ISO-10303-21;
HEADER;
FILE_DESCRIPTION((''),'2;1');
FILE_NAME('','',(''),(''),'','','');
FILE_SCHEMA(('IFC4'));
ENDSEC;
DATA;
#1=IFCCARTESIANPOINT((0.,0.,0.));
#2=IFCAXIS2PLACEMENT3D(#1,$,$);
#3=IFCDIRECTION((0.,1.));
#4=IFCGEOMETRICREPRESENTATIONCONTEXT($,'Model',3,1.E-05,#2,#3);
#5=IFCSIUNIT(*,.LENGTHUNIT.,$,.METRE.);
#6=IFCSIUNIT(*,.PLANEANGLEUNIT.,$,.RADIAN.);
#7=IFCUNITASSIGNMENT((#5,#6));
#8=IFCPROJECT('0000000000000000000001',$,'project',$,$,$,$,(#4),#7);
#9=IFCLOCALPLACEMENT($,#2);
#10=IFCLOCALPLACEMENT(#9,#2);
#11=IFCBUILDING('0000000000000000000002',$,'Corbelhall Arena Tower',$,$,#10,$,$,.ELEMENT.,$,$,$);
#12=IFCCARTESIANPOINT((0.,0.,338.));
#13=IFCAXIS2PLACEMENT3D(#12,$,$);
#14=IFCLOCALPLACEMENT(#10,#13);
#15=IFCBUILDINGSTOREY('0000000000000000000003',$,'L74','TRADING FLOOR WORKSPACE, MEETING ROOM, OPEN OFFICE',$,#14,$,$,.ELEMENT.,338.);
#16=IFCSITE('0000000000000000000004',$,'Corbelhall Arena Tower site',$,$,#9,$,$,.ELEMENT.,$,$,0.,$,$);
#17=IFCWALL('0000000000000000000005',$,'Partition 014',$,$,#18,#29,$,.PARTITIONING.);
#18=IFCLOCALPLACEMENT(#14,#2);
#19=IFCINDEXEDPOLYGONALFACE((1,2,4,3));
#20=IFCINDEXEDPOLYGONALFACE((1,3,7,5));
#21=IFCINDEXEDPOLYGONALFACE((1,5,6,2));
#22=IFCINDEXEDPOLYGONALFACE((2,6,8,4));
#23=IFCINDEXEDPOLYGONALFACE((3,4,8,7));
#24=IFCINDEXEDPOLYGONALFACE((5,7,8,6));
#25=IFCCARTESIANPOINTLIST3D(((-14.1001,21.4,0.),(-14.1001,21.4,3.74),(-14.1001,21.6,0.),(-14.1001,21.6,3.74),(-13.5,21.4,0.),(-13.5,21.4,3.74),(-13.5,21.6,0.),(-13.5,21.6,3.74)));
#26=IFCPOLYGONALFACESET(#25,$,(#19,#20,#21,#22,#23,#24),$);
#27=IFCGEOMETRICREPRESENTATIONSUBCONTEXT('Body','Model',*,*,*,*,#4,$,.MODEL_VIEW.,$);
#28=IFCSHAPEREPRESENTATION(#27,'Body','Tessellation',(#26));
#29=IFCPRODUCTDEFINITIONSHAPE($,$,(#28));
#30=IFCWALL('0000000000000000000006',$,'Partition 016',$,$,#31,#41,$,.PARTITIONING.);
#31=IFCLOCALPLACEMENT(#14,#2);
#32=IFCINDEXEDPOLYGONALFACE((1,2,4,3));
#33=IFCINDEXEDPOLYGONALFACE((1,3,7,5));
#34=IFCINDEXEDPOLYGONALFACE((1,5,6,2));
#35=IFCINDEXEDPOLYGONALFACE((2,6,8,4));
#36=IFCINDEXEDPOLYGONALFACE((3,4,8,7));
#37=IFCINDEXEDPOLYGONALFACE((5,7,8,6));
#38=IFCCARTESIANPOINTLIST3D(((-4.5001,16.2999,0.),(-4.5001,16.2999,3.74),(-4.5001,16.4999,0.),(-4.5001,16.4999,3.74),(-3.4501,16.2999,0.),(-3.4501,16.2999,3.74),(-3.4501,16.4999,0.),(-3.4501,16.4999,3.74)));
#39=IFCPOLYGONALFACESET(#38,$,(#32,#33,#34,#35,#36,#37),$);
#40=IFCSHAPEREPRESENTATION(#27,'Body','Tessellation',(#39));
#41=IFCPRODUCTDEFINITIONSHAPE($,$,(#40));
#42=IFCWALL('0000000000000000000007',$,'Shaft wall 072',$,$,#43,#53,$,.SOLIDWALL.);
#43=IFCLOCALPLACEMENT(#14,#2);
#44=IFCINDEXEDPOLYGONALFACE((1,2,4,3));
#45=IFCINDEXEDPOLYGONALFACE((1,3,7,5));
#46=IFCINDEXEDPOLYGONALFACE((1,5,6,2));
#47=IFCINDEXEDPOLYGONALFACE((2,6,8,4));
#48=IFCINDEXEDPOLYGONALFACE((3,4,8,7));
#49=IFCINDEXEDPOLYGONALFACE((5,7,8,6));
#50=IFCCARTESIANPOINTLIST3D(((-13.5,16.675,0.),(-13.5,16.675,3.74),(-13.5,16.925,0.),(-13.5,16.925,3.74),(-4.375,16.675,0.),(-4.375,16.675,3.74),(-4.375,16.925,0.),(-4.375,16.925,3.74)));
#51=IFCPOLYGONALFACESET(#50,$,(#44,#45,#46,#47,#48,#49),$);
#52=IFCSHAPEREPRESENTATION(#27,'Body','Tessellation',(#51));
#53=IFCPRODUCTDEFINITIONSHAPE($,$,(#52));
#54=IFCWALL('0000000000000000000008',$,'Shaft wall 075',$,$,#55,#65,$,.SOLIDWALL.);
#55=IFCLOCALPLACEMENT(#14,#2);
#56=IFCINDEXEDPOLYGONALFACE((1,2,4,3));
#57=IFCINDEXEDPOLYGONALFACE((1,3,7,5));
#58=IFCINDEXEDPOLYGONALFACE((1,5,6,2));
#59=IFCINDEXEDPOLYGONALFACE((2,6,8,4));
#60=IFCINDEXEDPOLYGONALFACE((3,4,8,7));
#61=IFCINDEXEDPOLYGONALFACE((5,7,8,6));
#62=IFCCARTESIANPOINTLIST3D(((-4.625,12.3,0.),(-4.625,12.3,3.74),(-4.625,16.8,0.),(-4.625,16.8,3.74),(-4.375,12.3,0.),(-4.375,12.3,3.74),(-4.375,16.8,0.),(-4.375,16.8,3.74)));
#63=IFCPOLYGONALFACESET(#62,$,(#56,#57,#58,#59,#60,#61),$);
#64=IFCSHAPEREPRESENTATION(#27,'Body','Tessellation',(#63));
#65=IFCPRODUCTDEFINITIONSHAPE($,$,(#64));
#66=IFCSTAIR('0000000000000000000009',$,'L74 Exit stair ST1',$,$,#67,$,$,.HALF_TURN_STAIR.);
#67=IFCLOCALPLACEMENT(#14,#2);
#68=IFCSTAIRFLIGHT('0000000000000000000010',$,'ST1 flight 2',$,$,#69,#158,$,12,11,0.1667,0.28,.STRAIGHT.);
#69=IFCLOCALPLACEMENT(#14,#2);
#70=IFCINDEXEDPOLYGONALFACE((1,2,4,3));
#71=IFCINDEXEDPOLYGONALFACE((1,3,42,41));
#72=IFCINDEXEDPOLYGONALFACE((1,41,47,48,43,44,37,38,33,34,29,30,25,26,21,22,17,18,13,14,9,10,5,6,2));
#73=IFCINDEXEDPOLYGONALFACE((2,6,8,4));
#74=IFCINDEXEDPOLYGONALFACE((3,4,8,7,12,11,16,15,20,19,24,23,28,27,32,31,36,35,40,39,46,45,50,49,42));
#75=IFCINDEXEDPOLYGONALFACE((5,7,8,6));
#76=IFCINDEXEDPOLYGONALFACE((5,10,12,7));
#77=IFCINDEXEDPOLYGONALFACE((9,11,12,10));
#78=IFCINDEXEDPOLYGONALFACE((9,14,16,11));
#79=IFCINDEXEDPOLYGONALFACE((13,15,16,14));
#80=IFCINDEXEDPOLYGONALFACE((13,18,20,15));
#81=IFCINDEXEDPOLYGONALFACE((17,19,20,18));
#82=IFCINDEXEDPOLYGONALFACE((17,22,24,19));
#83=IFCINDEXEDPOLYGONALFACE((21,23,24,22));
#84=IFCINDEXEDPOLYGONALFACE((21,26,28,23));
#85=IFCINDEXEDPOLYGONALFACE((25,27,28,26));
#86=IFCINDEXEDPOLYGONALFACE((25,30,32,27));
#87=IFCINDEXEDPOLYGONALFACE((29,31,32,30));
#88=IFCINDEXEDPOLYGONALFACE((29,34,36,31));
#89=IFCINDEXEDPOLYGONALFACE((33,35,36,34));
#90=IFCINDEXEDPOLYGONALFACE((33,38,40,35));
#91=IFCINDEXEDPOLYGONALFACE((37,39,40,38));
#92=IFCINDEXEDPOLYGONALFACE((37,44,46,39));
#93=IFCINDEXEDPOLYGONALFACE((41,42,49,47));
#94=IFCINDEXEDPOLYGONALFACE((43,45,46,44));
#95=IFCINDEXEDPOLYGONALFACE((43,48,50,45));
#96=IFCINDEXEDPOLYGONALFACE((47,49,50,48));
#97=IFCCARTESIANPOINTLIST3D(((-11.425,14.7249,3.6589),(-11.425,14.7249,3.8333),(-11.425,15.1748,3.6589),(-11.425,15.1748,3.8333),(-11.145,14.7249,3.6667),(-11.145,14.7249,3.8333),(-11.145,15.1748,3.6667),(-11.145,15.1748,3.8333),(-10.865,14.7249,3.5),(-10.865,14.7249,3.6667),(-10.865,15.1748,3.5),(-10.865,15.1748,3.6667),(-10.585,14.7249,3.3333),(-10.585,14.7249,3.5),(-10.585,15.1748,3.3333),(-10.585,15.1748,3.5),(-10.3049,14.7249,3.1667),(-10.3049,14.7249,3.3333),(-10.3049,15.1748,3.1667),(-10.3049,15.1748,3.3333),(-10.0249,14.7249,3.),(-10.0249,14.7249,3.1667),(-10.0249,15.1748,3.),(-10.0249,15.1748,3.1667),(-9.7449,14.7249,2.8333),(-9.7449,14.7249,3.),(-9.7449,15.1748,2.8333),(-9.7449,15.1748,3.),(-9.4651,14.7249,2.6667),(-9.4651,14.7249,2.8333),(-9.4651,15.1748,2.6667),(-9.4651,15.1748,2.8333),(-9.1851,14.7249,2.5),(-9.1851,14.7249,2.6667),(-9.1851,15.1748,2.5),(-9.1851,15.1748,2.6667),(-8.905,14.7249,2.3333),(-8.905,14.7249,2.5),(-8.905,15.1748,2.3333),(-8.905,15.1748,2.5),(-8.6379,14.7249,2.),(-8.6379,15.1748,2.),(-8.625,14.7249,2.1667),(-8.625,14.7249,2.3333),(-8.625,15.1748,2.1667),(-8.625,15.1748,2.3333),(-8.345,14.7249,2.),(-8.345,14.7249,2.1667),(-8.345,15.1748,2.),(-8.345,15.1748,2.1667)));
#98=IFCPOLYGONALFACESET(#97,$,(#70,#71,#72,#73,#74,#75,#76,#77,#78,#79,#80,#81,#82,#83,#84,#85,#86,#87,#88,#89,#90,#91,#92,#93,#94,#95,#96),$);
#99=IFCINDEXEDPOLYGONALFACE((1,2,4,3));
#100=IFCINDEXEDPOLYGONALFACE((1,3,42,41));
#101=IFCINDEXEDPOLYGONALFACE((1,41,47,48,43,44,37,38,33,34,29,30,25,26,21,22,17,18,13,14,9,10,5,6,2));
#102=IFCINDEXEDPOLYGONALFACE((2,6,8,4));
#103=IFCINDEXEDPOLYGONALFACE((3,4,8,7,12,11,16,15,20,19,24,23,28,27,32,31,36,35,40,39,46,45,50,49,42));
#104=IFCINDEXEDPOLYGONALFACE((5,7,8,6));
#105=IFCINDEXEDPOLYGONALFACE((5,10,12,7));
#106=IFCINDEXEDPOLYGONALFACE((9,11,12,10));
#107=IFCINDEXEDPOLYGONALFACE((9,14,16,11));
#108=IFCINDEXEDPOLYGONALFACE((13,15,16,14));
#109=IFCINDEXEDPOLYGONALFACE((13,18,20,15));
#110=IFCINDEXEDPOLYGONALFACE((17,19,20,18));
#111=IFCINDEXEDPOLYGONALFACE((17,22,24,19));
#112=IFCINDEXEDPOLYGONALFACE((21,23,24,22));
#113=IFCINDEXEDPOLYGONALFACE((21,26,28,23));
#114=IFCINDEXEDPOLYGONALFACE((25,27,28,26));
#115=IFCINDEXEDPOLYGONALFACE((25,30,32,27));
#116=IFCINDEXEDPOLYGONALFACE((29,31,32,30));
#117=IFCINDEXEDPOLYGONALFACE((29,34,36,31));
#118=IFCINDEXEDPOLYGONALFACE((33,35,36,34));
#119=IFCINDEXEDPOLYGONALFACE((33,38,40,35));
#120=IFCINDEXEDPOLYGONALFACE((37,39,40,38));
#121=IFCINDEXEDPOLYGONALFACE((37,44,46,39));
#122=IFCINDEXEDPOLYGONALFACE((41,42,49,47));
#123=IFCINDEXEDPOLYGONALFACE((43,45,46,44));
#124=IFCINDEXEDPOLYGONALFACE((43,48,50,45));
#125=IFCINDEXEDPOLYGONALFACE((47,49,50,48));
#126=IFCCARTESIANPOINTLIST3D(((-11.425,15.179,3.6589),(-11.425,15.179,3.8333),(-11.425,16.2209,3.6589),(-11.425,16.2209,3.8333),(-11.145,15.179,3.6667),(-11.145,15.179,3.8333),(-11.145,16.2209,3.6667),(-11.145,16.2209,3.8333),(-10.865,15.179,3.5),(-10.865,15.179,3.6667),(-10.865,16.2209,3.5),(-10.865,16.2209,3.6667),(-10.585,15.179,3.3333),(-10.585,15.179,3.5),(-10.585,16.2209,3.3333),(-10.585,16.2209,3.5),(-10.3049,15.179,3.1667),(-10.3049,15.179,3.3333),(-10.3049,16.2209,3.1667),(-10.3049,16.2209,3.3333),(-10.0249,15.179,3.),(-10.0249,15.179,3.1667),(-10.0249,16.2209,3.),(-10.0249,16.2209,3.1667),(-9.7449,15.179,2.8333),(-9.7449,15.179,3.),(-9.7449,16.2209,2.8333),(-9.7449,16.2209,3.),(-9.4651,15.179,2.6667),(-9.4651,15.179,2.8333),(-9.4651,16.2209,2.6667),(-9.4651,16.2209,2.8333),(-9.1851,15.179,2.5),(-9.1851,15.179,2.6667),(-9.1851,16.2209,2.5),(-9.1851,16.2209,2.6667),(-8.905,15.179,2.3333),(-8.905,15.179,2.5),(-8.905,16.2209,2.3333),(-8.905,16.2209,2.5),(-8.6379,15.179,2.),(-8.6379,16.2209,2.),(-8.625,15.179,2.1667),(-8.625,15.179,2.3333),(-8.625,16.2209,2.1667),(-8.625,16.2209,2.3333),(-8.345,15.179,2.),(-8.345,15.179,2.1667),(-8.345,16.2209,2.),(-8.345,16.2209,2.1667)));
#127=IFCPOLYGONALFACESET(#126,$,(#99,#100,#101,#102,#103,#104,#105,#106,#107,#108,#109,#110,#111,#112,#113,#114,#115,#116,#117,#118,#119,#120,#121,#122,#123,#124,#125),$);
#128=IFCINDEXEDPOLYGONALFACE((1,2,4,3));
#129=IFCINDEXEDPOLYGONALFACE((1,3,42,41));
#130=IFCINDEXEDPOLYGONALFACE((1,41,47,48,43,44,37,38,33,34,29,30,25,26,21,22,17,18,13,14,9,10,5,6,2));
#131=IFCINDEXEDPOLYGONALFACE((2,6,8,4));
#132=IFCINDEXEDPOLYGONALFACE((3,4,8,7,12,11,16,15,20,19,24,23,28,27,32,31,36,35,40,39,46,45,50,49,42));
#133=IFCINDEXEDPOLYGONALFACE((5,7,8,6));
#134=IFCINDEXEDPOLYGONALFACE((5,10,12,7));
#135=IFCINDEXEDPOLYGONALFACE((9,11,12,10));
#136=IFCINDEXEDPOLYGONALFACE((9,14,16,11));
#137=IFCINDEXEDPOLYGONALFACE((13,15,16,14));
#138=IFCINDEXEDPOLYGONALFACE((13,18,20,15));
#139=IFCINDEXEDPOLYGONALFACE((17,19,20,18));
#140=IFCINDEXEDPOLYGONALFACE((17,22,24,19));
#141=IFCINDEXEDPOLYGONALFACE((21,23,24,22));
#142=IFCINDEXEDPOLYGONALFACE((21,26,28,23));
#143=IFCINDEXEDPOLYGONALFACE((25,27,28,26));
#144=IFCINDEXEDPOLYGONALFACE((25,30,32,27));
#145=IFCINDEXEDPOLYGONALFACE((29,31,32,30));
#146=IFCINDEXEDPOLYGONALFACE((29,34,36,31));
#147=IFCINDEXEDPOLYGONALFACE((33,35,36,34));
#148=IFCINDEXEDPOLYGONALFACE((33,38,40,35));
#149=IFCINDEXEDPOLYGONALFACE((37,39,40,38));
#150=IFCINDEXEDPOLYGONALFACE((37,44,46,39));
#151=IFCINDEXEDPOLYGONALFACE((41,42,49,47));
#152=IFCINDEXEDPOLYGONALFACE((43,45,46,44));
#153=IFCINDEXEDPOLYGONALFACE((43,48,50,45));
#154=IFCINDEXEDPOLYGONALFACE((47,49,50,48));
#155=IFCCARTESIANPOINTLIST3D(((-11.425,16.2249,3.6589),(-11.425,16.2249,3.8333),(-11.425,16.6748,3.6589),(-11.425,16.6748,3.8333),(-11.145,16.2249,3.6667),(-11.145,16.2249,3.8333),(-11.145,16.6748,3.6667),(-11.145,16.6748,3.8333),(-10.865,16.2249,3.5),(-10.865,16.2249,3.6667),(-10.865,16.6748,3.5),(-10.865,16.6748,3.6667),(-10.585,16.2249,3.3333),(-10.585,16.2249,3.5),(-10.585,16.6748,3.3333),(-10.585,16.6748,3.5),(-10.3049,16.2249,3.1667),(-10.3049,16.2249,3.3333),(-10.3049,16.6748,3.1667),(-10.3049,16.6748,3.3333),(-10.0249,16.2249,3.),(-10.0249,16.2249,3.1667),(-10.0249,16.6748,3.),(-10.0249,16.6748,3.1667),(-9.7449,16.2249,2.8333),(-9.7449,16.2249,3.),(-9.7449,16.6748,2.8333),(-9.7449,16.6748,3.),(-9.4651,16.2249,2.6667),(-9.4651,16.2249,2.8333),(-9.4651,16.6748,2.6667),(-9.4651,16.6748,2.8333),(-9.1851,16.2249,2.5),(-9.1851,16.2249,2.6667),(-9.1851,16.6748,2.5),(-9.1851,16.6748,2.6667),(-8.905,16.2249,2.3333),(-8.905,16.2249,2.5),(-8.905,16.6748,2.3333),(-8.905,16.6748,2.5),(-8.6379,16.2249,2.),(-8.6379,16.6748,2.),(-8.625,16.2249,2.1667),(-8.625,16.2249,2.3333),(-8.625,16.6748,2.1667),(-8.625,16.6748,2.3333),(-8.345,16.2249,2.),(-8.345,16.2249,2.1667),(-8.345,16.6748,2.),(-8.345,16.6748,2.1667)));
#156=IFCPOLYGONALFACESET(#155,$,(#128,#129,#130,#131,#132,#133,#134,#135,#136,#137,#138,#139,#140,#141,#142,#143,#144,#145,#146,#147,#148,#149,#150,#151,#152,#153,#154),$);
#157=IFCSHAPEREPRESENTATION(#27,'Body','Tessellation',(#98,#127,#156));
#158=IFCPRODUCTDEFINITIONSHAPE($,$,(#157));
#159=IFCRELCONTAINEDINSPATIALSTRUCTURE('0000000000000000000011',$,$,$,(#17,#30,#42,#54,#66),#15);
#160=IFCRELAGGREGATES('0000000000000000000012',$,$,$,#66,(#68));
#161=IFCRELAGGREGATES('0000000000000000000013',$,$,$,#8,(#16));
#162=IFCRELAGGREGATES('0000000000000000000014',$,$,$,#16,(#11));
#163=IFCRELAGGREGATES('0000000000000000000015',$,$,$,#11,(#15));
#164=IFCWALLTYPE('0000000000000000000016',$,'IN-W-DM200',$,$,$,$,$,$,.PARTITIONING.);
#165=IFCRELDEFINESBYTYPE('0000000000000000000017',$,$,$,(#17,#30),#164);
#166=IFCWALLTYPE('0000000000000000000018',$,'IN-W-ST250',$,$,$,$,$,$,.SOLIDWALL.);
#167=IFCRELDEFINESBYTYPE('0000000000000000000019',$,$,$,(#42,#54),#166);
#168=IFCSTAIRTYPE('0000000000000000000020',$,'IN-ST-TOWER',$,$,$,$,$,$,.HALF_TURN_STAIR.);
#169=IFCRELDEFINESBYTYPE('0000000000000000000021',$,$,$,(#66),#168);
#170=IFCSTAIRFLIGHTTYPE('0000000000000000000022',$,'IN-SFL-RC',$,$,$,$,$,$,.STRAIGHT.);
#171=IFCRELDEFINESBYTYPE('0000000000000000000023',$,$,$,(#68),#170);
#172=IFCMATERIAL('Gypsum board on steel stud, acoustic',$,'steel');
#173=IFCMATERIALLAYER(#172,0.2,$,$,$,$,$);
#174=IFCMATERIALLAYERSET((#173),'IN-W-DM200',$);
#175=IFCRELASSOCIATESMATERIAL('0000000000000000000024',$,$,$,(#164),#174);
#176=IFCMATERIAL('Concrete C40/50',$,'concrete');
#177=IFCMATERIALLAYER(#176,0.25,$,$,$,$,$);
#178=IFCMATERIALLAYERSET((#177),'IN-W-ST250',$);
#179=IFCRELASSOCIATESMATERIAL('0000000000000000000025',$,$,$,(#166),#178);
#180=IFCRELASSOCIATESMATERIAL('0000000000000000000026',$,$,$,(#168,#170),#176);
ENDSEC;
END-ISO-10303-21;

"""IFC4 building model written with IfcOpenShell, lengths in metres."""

from ifc_helpers import new_model, si_unit, direction, frame, frame_2d, origin, place, context, subcontext, project, spatial, polyline, rectangle, outline, extrude, material, layer, layer_set, type_object, element, aggregate, save


model = new_model("IFC4")

# Units and contexts
model_context = context("Model", 3, precision=1e-05, world=origin(), true_north=direction((0.0, 1.0)))
body_context = subcontext(model_context, "Body", "Model", "MODEL_VIEW")
ifc_project = project(units=[si_unit("LENGTHUNIT", "METRE"), si_unit("PLANEANGLEUNIT", "RADIAN")], contexts=[model_context])

# Site, building, storey
site_placement = place(None, origin())
site = spatial("IfcSite", under=ifc_project, at=site_placement, Name="Corbelhall Arena Tower site", CompositionType="ELEMENT", RefElevation=0.0)
building_placement = place(site_placement, origin())
building = spatial("IfcBuilding", under=site, at=building_placement, Name="Corbelhall Arena Tower", CompositionType="ELEMENT")
storey_placement = place(building_placement, frame((0.0, 0.0, 338.0)))
storey = spatial("IfcBuildingStorey", under=building, at=storey_placement, Name="L74", Description="TRADING FLOOR WORKSPACE, MEETING ROOM, OPEN OFFICE", CompositionType="ELEMENT", Elevation=338.0)

# Wall
ifc_material_1 = material(Name="Gypsum board on steel stud, acoustic", Category="steel")
ifc_layer_1 = layer(ifc_material_1, 0.2)
ifc_layer_set_1 = layer_set([ifc_layer_1], Name="IN-W-DM200")
wall_type_1 = type_object("IfcWallType", Name="IN-W-DM200", PredefinedType="PARTITIONING", material=ifc_layer_set_1)
wall_1_placement = place(storey_placement, frame((-13.5, 21.5, 0.0), z_axis=(0.0, 0.0, 1.0), x_axis=(-1.0, 0.0, 0.0)))
element("IfcWall", 1, at=wall_1_placement, inside=storey, type_object=wall_type_1, Name="Partition 014", PredefinedType="PARTITIONING", context=body_context, shape_type="SweptSolid", body=[
    extrude(rectangle(XDim=0.6001, YDim=0.2, at=frame_2d((0.3, 0.0))), origin(), (0.0, 0.0, 1.0), 3.74),
])

# Walls
wall_2_placement = place(storey_placement, frame((-4.5, 16.3999, 0.0), z_axis=(0.0, 0.0, 1.0), x_axis=(1.0, 0.0, 0.0)))
element("IfcWall", 2, at=wall_2_placement, inside=storey, type_object=wall_type_1, Name="Partition 016", PredefinedType="PARTITIONING", context=body_context, shape_type="SweptSolid", body=[
    extrude(rectangle(XDim=1.05, YDim=0.2, at=frame_2d((0.5249, 0.0))), origin(), (0.0, 0.0, 1.0), 3.74),
])
ifc_material_2 = material(Name="Concrete C40/50", Category="concrete")
ifc_layer_2 = layer(ifc_material_2, 0.25)
ifc_layer_set_2 = layer_set([ifc_layer_2], Name="IN-W-ST250")
wall_type_2 = type_object("IfcWallType", Name="IN-W-ST250", PredefinedType="SOLIDWALL", material=ifc_layer_set_2)
wall_3_placement = place(storey_placement, frame((-13.5, 16.8, 0.0), z_axis=(0.0, 0.0, 1.0), x_axis=(1.0, 0.0, 0.0)))
element("IfcWall", 3, at=wall_3_placement, inside=storey, type_object=wall_type_2, Name="Shaft wall 072", PredefinedType="SOLIDWALL", context=body_context, shape_type="SweptSolid", body=[
    extrude(rectangle(XDim=9.125, YDim=0.25, at=frame_2d((4.5625, 0.0))), origin(), (0.0, 0.0, 1.0), 3.74),
])
wall_4_placement = place(storey_placement, frame((-4.5, 16.8, 0.0), z_axis=(0.0, 0.0, 1.0), x_axis=(0.0, -1.0, 0.0)))
element("IfcWall", 4, at=wall_4_placement, inside=storey, type_object=wall_type_2, Name="Shaft wall 075", PredefinedType="SOLIDWALL", context=body_context, shape_type="SweptSolid", body=[
    extrude(rectangle(XDim=4.5, YDim=0.25, at=frame_2d((2.25, 0.0))), origin(), (0.0, 0.0, 1.0), 3.74),
])

# Stair, stair flight
stair_type = type_object("IfcStairType", Name="IN-ST-TOWER", PredefinedType="HALF_TURN_STAIR", material=ifc_material_2)
stair_placement = place(storey_placement, origin())
stair = element("IfcStair", 5, at=stair_placement, inside=storey, type_object=stair_type, Name="L74 Exit stair ST1", PredefinedType="HALF_TURN_STAIR")
stair_flight_type = type_object("IfcStairFlightType", Name="IN-SFL-RC", PredefinedType="STRAIGHT", material=ifc_material_2)
stair_flight_placement = place(storey_placement, frame((-8.345, 15.7, 2.0), z_axis=(0.0, 0.0, 1.0), x_axis=(-1.0, 0.0, 0.0)))
stair_flight = element("IfcStairFlight", 6, at=stair_flight_placement, type_object=stair_flight_type, Name="ST1 flight 2", NumberOfRisers=12, NumberOfTreads=11, PredefinedType="STRAIGHT", RiserHeight=0.1667, TreadLength=0.28, context=body_context, shape_type="SweptSolid", body=[
    extrude(outline(polyline([(0.0, 0.0), (0.0, 0.1667), (0.28, 0.1667), (0.28, 0.3333), (0.5601, 0.3333), (0.5601, 0.5), (0.8401, 0.5), (0.8401, 0.6667), (1.1201, 0.6667), (1.1201, 0.8333), (1.3999, 0.8333), (1.3999, 1.0), (1.6799, 1.0), (1.6799, 1.1667), (1.96, 1.1667), (1.96, 1.3333), (2.24, 1.3333), (2.24, 1.5), (2.52, 1.5), (2.52, 1.6667), (2.8, 1.6667), (2.8, 1.8333), (3.0801, 1.8333), (3.0801, 2.0), (3.0801, 1.6589), (0.293, 0.0), (0.0, 0.0)])), frame((0.0, 0.9751, 0.0), z_axis=(0.0, -1.0, 0.0), x_axis=(1.0, 0.0, 0.0)), (0.0, 0.0, 1.0), 0.45),
    extrude(outline(polyline([(0.0, 0.0), (0.0, 0.1667), (0.28, 0.1667), (0.28, 0.3333), (0.5601, 0.3333), (0.5601, 0.5), (0.8401, 0.5), (0.8401, 0.6667), (1.1201, 0.6667), (1.1201, 0.8333), (1.3999, 0.8333), (1.3999, 1.0), (1.6799, 1.0), (1.6799, 1.1667), (1.96, 1.1667), (1.96, 1.3333), (2.24, 1.3333), (2.24, 1.5), (2.52, 1.5), (2.52, 1.6667), (2.8, 1.6667), (2.8, 1.8333), (3.0801, 1.8333), (3.0801, 2.0), (3.0801, 1.6589), (0.293, 0.0), (0.0, 0.0)])), frame((0.0, 0.521, 0.0), z_axis=(0.0, -1.0, 0.0), x_axis=(1.0, 0.0, 0.0)), (0.0, 0.0, 1.0), 1.042),
    extrude(outline(polyline([(0.0, 0.0), (0.0, 0.1667), (0.28, 0.1667), (0.28, 0.3333), (0.5601, 0.3333), (0.5601, 0.5), (0.8401, 0.5), (0.8401, 0.6667), (1.1201, 0.6667), (1.1201, 0.8333), (1.3999, 0.8333), (1.3999, 1.0), (1.6799, 1.0), (1.6799, 1.1667), (1.96, 1.1667), (1.96, 1.3333), (2.24, 1.3333), (2.24, 1.5), (2.52, 1.5), (2.52, 1.6667), (2.8, 1.6667), (2.8, 1.8333), (3.0801, 1.8333), (3.0801, 2.0), (3.0801, 1.6589), (0.293, 0.0), (0.0, 0.0)])), frame((0.0, -0.5249, 0.0), z_axis=(0.0, -1.0, 0.0), x_axis=(1.0, 0.0, 0.0)), (0.0, 0.0, 1.0), 0.45),
])
aggregate(stair, [stair_flight])

save(model, "model.ifc")
